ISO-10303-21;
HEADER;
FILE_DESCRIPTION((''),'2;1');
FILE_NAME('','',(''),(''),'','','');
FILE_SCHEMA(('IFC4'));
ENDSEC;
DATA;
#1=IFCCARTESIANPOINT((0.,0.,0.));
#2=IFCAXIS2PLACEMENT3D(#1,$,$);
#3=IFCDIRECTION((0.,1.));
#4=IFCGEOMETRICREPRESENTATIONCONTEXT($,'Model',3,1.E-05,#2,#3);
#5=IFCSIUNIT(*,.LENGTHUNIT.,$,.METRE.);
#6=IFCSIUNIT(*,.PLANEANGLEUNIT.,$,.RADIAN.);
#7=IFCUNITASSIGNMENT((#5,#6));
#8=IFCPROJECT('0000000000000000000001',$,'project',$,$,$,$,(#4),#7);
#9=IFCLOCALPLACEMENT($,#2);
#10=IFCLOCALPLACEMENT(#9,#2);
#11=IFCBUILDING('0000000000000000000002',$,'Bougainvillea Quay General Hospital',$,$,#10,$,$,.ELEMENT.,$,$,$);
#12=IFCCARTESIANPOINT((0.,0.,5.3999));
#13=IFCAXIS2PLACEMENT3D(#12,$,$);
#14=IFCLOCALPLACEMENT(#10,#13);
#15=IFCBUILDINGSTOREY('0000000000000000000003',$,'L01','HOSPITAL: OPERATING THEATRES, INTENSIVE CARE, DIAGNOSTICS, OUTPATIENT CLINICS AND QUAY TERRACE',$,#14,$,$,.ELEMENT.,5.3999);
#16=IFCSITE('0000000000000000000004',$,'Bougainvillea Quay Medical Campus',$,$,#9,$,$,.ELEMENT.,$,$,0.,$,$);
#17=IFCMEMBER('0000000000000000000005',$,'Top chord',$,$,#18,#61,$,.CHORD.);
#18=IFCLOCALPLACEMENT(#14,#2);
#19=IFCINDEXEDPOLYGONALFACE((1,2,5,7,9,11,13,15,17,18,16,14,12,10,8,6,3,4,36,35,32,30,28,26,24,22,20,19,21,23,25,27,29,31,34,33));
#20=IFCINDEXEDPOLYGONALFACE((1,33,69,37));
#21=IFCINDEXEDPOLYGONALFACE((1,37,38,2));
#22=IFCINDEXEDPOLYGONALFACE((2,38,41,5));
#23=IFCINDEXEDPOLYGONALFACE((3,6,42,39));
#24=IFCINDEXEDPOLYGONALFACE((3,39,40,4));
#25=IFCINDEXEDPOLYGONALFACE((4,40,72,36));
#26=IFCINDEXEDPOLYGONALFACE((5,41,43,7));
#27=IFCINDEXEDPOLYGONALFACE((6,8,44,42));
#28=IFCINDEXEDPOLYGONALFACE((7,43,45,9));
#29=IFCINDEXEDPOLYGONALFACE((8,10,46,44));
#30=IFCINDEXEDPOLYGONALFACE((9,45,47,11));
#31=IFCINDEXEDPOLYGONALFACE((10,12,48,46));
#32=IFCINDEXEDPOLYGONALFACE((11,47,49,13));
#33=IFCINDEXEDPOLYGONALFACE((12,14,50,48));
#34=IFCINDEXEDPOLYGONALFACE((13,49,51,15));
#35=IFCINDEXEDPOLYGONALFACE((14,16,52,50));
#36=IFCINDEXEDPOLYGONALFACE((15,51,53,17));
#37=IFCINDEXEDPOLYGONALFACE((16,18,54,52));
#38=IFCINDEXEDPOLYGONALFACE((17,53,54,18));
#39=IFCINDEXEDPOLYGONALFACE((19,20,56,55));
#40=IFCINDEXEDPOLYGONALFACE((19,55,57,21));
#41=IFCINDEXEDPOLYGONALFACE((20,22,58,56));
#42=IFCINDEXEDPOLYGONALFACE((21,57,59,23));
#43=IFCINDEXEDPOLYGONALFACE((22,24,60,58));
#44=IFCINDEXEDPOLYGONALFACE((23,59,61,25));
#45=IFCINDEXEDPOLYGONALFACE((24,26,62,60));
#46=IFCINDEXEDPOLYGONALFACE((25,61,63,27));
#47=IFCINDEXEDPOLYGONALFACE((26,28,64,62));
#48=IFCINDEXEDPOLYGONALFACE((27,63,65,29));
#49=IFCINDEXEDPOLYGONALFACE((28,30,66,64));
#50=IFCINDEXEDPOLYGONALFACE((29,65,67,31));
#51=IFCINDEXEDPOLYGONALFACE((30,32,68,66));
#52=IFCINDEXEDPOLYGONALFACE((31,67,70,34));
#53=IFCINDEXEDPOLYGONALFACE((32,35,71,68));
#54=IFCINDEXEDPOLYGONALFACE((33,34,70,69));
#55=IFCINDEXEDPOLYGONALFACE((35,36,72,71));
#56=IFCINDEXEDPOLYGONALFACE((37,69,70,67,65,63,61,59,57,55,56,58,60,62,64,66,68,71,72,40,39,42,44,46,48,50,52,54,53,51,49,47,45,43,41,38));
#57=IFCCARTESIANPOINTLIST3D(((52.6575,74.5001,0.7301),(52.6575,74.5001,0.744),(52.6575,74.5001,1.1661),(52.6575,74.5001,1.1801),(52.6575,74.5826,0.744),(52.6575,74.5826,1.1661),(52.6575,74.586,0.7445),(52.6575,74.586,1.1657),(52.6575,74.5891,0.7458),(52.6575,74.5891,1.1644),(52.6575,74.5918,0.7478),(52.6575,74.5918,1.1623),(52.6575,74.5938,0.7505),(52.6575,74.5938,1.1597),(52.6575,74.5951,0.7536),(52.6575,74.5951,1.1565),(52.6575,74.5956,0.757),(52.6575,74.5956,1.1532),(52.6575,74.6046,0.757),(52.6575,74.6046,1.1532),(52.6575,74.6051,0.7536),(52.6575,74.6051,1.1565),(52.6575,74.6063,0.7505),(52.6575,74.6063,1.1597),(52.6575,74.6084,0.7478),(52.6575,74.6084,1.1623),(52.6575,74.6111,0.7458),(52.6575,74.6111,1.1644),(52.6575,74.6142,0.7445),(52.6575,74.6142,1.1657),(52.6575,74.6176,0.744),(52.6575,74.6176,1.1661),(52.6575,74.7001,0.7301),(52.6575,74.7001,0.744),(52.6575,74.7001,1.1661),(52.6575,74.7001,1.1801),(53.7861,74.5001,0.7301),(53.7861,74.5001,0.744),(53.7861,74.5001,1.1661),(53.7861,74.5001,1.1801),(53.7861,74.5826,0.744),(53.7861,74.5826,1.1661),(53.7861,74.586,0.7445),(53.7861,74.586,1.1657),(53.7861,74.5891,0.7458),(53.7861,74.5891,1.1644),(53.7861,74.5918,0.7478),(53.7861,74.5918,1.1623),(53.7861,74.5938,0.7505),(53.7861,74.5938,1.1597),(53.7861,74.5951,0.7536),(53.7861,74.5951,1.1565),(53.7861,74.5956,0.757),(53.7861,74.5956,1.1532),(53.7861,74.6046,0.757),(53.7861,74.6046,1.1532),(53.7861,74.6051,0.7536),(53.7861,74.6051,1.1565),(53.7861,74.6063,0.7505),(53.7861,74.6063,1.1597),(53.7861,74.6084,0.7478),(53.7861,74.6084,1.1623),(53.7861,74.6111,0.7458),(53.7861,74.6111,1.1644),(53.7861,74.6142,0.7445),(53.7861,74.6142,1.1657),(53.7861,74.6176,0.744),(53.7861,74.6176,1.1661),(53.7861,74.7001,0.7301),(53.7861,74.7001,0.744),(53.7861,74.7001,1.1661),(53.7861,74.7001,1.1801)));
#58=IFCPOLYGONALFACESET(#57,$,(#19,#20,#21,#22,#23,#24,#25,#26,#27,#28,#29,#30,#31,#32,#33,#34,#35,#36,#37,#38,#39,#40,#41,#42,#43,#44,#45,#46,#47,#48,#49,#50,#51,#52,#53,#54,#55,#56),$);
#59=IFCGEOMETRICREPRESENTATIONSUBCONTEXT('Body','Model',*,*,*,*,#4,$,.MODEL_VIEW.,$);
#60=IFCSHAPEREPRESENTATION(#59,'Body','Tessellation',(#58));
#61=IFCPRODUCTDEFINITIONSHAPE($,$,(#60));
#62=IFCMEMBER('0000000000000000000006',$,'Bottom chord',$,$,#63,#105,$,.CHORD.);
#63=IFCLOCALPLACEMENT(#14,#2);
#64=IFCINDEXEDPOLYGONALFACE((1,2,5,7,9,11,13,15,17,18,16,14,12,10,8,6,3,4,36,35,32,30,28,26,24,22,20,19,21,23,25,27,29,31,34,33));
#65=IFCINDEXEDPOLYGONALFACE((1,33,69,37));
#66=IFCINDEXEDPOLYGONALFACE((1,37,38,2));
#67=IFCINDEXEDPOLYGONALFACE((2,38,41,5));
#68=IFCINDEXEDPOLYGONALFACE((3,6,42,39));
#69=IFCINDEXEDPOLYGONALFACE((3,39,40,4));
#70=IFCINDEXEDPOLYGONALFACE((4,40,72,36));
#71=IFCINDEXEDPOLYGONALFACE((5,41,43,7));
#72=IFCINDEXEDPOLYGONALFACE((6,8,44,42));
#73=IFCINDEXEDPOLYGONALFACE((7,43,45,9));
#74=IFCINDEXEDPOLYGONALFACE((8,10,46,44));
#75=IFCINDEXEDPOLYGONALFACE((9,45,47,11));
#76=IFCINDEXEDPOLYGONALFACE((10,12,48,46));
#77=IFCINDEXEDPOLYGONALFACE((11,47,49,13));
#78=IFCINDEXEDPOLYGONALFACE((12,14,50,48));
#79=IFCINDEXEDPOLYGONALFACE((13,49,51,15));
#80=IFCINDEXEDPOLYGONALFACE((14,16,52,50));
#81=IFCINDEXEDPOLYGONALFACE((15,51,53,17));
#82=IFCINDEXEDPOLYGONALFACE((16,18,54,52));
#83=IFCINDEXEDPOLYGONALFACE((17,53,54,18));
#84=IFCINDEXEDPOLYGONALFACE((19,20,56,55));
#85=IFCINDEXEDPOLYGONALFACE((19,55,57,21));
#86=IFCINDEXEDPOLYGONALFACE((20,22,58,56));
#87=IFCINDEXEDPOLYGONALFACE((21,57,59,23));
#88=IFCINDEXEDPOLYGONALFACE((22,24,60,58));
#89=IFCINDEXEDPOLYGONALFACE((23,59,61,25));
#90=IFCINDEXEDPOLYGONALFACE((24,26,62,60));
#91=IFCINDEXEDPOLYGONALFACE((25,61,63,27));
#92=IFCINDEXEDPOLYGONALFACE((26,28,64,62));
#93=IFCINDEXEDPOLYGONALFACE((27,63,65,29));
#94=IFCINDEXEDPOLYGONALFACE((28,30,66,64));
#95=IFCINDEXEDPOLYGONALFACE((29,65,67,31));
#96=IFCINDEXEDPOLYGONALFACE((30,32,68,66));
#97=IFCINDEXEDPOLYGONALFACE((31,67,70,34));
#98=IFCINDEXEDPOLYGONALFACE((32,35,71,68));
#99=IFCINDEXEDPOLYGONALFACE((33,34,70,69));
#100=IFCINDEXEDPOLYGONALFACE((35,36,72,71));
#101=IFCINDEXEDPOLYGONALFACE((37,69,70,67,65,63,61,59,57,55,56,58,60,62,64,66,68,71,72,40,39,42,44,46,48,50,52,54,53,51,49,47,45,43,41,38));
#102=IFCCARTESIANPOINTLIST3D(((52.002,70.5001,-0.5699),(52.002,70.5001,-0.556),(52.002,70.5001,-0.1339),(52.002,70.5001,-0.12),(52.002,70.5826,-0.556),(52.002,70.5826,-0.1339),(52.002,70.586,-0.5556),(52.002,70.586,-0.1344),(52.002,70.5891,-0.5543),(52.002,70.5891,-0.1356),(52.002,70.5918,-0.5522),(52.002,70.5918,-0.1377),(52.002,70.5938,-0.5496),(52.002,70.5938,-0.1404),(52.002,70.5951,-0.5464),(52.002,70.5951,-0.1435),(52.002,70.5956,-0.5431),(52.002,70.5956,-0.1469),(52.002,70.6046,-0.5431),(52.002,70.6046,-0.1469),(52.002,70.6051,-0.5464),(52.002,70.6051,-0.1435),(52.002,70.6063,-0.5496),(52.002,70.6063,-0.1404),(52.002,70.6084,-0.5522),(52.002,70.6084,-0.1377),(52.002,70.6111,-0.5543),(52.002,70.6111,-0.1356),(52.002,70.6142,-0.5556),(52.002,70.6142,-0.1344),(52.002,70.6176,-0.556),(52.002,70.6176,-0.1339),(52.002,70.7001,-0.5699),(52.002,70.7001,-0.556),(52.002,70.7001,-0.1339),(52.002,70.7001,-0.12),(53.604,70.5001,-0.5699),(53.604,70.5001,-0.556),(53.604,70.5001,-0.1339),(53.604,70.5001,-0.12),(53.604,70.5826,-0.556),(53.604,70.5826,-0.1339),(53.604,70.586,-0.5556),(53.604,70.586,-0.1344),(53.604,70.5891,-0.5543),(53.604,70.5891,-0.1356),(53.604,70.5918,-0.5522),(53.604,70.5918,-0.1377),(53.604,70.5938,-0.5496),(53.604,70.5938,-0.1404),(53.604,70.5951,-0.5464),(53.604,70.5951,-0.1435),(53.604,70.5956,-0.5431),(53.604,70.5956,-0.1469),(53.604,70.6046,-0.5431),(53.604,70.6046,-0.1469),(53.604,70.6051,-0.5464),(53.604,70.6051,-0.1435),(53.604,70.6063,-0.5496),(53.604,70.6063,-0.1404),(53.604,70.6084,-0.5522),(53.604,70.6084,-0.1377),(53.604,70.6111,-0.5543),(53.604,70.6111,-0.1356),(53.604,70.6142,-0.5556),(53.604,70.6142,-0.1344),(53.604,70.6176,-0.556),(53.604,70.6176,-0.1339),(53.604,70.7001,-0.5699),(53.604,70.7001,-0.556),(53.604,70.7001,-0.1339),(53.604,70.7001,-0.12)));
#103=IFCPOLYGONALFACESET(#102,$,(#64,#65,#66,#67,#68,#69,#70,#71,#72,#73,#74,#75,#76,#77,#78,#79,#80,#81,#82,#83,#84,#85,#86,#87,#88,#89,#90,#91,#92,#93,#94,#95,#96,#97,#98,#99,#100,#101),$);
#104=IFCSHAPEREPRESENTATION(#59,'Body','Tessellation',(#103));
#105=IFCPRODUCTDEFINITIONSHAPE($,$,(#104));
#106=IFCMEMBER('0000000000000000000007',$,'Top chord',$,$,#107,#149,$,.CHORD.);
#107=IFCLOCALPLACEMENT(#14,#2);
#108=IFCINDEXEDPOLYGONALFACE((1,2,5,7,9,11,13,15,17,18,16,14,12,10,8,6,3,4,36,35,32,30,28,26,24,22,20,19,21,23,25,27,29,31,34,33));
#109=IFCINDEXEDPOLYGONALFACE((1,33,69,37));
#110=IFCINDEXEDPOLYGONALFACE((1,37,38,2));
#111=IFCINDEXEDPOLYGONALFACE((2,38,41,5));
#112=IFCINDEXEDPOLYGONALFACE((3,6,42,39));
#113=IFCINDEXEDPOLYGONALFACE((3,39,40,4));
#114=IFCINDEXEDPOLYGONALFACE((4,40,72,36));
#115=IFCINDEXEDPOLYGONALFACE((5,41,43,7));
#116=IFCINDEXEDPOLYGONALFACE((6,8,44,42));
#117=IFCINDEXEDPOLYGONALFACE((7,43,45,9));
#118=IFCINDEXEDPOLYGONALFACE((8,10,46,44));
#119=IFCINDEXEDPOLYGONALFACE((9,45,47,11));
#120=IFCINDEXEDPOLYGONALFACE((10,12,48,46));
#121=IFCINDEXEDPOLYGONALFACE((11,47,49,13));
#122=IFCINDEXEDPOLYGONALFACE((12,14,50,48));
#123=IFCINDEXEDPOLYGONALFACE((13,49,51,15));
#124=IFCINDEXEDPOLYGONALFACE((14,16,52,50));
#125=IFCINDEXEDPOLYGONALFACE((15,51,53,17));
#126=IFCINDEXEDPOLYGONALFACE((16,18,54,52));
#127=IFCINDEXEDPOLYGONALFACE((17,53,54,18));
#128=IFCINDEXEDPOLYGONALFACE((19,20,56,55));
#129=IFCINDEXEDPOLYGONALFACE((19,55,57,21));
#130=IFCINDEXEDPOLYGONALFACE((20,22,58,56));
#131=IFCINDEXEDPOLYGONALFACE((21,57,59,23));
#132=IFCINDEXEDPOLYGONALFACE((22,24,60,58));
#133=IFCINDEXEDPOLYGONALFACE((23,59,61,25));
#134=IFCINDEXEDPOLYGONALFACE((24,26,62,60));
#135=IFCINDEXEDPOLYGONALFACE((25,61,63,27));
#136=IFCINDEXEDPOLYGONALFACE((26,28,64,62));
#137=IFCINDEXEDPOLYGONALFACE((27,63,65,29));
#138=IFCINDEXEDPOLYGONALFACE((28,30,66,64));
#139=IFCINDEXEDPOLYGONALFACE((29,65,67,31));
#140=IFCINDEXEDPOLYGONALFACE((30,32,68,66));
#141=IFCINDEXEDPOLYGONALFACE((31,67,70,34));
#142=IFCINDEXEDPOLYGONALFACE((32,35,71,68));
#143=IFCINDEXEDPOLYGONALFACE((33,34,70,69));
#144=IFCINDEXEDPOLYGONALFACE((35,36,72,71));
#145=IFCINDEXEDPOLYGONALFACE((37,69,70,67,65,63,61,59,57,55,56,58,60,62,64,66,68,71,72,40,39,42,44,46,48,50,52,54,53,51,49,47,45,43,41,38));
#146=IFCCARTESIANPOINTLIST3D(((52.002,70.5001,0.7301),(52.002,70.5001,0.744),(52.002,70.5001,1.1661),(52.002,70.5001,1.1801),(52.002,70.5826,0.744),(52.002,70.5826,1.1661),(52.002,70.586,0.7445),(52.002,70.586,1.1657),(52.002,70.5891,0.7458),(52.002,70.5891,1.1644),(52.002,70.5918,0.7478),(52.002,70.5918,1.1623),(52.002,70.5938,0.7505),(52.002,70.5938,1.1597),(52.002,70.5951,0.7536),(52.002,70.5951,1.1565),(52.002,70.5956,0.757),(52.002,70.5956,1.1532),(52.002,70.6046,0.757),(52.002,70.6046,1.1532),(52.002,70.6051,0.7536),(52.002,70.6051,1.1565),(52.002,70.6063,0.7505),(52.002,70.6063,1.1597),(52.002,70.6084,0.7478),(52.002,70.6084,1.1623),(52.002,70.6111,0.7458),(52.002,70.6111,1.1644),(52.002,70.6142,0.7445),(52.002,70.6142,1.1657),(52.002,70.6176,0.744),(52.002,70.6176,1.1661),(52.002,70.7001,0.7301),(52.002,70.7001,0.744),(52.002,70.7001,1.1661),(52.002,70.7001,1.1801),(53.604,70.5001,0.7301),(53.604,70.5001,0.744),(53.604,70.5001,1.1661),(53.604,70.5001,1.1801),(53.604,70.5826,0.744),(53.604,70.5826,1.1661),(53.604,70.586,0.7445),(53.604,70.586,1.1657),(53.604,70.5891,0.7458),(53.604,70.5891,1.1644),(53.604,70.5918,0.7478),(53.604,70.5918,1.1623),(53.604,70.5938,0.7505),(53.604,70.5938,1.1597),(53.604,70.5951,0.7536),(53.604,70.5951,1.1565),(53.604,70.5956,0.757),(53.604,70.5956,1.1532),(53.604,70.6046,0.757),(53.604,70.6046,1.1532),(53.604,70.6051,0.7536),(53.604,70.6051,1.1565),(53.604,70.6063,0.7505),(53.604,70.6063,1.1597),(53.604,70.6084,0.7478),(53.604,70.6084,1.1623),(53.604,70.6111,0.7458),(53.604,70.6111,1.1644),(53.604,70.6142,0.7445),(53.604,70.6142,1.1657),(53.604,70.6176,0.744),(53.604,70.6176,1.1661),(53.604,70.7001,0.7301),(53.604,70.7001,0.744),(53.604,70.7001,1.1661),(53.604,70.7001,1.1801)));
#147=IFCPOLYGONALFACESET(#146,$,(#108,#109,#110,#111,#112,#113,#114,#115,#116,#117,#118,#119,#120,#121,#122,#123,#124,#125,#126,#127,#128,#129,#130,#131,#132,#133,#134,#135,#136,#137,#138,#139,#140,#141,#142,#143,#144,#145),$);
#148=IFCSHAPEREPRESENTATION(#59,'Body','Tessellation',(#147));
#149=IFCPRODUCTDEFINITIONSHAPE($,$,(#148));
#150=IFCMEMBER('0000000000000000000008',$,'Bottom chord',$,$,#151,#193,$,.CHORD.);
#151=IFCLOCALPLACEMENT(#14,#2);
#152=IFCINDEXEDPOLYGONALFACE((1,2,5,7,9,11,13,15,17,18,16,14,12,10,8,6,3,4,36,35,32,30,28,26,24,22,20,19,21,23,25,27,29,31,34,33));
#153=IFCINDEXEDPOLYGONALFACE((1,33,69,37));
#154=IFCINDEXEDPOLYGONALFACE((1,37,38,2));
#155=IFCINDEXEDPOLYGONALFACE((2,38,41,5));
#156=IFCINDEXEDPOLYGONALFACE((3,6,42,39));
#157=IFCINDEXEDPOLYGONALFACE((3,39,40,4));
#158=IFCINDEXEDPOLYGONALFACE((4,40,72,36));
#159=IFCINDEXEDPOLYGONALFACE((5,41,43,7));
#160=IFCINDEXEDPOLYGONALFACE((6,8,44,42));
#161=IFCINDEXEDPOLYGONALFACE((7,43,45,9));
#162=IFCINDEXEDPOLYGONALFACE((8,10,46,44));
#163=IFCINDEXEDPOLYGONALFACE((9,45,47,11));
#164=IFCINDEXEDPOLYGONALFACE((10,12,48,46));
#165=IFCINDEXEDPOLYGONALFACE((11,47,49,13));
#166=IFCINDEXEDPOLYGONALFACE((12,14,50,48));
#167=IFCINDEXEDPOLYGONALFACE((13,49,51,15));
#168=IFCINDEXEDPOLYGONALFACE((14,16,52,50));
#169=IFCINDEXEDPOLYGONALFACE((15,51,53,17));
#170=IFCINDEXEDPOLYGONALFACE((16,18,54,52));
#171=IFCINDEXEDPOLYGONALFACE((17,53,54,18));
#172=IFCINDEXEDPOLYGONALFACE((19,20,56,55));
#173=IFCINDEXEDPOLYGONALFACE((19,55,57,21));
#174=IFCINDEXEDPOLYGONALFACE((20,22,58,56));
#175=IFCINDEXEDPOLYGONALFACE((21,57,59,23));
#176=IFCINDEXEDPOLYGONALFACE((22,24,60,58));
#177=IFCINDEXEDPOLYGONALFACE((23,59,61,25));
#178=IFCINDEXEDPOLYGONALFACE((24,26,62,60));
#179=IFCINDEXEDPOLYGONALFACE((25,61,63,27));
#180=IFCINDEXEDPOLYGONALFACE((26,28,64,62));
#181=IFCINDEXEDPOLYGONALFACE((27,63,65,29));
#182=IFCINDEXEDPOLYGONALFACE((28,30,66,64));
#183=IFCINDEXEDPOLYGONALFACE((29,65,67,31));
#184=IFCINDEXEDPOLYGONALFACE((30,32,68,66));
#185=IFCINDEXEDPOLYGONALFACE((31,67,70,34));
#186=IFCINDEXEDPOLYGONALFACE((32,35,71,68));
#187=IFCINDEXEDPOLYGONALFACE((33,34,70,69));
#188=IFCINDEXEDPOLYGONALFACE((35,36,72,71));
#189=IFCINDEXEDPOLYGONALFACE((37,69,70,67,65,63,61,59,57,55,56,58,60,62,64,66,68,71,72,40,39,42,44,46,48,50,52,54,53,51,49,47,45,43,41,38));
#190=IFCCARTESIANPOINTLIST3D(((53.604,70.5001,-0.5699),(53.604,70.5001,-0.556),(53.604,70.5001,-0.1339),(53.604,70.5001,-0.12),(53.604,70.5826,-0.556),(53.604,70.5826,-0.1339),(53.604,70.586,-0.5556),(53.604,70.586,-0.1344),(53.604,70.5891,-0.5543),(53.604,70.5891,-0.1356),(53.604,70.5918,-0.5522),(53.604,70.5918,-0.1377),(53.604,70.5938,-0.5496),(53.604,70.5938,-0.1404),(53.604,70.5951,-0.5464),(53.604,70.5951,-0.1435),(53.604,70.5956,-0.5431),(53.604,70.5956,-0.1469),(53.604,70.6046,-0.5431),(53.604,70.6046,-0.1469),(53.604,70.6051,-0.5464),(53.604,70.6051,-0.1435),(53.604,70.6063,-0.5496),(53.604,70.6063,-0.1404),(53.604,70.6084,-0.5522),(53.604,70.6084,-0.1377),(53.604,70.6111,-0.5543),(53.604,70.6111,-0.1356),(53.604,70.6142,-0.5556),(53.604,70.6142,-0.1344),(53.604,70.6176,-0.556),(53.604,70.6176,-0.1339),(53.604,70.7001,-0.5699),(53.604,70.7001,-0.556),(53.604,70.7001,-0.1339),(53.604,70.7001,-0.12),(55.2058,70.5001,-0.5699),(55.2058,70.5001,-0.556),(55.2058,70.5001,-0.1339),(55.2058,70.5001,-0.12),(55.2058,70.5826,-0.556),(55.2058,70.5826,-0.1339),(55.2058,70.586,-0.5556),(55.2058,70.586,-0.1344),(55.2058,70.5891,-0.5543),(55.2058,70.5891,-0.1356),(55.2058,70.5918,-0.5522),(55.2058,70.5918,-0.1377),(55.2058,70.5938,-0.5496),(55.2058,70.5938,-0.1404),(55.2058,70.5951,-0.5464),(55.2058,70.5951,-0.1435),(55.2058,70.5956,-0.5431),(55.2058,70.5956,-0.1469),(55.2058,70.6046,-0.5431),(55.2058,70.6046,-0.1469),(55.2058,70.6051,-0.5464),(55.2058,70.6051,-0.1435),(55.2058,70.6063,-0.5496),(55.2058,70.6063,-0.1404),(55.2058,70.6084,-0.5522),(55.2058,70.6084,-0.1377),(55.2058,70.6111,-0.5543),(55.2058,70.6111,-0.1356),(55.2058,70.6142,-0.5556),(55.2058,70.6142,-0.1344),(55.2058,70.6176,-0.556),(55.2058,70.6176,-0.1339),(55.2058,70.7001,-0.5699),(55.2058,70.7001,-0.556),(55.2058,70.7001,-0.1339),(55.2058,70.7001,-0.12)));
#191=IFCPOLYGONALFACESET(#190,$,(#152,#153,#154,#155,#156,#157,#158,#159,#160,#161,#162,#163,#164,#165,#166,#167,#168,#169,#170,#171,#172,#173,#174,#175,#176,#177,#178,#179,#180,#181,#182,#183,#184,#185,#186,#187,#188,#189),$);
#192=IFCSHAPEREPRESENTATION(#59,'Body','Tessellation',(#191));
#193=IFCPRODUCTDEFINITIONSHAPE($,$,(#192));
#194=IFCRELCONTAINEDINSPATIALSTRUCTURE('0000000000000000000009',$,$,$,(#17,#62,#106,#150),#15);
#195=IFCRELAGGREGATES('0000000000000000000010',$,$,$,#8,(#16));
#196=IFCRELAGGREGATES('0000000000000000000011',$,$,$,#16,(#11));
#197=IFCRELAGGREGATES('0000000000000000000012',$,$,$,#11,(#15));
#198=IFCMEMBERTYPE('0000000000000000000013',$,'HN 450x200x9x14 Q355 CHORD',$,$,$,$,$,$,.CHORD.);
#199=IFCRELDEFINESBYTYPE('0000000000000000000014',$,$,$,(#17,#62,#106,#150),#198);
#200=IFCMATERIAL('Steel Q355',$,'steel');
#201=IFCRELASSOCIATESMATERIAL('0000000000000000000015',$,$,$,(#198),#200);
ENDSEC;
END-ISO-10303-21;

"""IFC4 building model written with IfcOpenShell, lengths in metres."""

from ifc_helpers import new_model, si_unit, direction, frame, origin, origin_2d, place, context, subcontext, project, spatial, i_section, extrude, material, material_profile, profile_set, type_object, element, save


model = new_model("IFC4")

# Units and contexts
model_context = context("Model", 3, precision=1e-05, world=origin(), true_north=direction((0.0, 1.0)))
body_context = subcontext(model_context, "Body", "Model", "MODEL_VIEW")
ifc_project = project(units=[si_unit("LENGTHUNIT", "METRE"), si_unit("PLANEANGLEUNIT", "RADIAN")], contexts=[model_context])

# Site, building, storey
site_placement = place(None, origin())
site = spatial("IfcSite", under=ifc_project, at=site_placement, Name="Bougainvillea Quay Medical Campus", CompositionType="ELEMENT", RefElevation=0.0)
building_placement = place(site_placement, origin())
building = spatial("IfcBuilding", under=site, at=building_placement, Name="Bougainvillea Quay General Hospital", CompositionType="ELEMENT")
storey_placement = place(building_placement, frame((0.0, 0.0, 5.3999)))
storey = spatial("IfcBuildingStorey", under=building, at=storey_placement, Name="L01", Description="HOSPITAL: OPERATING THEATRES, INTENSIVE CARE, DIAGNOSTICS, OUTPATIENT CLINICS AND QUAY TERRACE", CompositionType="ELEMENT", Elevation=5.3999)

# Members
ifc_material_1 = material(Name="Steel Q355", Category="steel")
ifc_material_profile_1 = material_profile(ifc_material_1, i_section(OverallWidth=0.2, OverallDepth=0.45, WebThickness=0.009, FlangeThickness=0.0139, FilletRadius=0.0129, at=origin_2d()))
ifc_profile_set_1 = profile_set([ifc_material_profile_1], Name="Steel Q355")
member_type_1 = type_object("IfcMemberType", Name="HN 450x200x9x14 Q355 CHORD", PredefinedType="CHORD", material=ifc_profile_set_1)
for number, where, z_axis, x_axis, name in (
    (1, (52.6575, 74.6001, 0.9551), (1.0, 0.0, 0.0), (0.0, 1.0, 0.0), "Top chord"),
):
    element("IfcMember", number, at=place(storey_placement, frame(where, z_axis=z_axis, x_axis=x_axis)), inside=storey, type_object=member_type_1, Name=name, PredefinedType="CHORD", context=body_context, shape_type="SweptSolid", body=[
        extrude(i_section(OverallWidth=0.2, OverallDepth=0.45, WebThickness=0.009, FlangeThickness=0.0139, FilletRadius=0.0129, at=origin_2d()), origin(), (0.0, 0.0, 1.0), 1.1287),
    ])
for number, where, z_axis, x_axis, name in (
    (2, (52.002, 70.6001, -0.345), (1.0, 0.0, 0.0), (0.0, 1.0, 0.0), "Bottom chord"),
    (3, (52.002, 70.6001, 0.9551), (1.0, 0.0, 0.0), (0.0, 1.0, 0.0), "Top chord"),
):
    element("IfcMember", number, at=place(storey_placement, frame(where, z_axis=z_axis, x_axis=x_axis)), inside=storey, type_object=member_type_1, Name=name, PredefinedType="CHORD", context=body_context, shape_type="SweptSolid", body=[
        extrude(i_section(OverallWidth=0.2, OverallDepth=0.45, WebThickness=0.009, FlangeThickness=0.0139, FilletRadius=0.0129, at=origin_2d()), origin(), (0.0, 0.0, 1.0), 1.6021),
    ])
for number, where, z_axis, x_axis, name in (
    (4, (53.604, 70.6001, -0.345), (1.0, 0.0, 0.0), (0.0, 1.0, 0.0), "Bottom chord"),
):
    element("IfcMember", number, at=place(storey_placement, frame(where, z_axis=z_axis, x_axis=x_axis)), inside=storey, type_object=member_type_1, Name=name, PredefinedType="CHORD", context=body_context, shape_type="SweptSolid", body=[
        extrude(i_section(OverallWidth=0.2, OverallDepth=0.45, WebThickness=0.009, FlangeThickness=0.0139, FilletRadius=0.0129, at=origin_2d()), origin(), (0.0, 0.0, 1.0), 1.6018),
    ])

save(model, "model.ifc")
